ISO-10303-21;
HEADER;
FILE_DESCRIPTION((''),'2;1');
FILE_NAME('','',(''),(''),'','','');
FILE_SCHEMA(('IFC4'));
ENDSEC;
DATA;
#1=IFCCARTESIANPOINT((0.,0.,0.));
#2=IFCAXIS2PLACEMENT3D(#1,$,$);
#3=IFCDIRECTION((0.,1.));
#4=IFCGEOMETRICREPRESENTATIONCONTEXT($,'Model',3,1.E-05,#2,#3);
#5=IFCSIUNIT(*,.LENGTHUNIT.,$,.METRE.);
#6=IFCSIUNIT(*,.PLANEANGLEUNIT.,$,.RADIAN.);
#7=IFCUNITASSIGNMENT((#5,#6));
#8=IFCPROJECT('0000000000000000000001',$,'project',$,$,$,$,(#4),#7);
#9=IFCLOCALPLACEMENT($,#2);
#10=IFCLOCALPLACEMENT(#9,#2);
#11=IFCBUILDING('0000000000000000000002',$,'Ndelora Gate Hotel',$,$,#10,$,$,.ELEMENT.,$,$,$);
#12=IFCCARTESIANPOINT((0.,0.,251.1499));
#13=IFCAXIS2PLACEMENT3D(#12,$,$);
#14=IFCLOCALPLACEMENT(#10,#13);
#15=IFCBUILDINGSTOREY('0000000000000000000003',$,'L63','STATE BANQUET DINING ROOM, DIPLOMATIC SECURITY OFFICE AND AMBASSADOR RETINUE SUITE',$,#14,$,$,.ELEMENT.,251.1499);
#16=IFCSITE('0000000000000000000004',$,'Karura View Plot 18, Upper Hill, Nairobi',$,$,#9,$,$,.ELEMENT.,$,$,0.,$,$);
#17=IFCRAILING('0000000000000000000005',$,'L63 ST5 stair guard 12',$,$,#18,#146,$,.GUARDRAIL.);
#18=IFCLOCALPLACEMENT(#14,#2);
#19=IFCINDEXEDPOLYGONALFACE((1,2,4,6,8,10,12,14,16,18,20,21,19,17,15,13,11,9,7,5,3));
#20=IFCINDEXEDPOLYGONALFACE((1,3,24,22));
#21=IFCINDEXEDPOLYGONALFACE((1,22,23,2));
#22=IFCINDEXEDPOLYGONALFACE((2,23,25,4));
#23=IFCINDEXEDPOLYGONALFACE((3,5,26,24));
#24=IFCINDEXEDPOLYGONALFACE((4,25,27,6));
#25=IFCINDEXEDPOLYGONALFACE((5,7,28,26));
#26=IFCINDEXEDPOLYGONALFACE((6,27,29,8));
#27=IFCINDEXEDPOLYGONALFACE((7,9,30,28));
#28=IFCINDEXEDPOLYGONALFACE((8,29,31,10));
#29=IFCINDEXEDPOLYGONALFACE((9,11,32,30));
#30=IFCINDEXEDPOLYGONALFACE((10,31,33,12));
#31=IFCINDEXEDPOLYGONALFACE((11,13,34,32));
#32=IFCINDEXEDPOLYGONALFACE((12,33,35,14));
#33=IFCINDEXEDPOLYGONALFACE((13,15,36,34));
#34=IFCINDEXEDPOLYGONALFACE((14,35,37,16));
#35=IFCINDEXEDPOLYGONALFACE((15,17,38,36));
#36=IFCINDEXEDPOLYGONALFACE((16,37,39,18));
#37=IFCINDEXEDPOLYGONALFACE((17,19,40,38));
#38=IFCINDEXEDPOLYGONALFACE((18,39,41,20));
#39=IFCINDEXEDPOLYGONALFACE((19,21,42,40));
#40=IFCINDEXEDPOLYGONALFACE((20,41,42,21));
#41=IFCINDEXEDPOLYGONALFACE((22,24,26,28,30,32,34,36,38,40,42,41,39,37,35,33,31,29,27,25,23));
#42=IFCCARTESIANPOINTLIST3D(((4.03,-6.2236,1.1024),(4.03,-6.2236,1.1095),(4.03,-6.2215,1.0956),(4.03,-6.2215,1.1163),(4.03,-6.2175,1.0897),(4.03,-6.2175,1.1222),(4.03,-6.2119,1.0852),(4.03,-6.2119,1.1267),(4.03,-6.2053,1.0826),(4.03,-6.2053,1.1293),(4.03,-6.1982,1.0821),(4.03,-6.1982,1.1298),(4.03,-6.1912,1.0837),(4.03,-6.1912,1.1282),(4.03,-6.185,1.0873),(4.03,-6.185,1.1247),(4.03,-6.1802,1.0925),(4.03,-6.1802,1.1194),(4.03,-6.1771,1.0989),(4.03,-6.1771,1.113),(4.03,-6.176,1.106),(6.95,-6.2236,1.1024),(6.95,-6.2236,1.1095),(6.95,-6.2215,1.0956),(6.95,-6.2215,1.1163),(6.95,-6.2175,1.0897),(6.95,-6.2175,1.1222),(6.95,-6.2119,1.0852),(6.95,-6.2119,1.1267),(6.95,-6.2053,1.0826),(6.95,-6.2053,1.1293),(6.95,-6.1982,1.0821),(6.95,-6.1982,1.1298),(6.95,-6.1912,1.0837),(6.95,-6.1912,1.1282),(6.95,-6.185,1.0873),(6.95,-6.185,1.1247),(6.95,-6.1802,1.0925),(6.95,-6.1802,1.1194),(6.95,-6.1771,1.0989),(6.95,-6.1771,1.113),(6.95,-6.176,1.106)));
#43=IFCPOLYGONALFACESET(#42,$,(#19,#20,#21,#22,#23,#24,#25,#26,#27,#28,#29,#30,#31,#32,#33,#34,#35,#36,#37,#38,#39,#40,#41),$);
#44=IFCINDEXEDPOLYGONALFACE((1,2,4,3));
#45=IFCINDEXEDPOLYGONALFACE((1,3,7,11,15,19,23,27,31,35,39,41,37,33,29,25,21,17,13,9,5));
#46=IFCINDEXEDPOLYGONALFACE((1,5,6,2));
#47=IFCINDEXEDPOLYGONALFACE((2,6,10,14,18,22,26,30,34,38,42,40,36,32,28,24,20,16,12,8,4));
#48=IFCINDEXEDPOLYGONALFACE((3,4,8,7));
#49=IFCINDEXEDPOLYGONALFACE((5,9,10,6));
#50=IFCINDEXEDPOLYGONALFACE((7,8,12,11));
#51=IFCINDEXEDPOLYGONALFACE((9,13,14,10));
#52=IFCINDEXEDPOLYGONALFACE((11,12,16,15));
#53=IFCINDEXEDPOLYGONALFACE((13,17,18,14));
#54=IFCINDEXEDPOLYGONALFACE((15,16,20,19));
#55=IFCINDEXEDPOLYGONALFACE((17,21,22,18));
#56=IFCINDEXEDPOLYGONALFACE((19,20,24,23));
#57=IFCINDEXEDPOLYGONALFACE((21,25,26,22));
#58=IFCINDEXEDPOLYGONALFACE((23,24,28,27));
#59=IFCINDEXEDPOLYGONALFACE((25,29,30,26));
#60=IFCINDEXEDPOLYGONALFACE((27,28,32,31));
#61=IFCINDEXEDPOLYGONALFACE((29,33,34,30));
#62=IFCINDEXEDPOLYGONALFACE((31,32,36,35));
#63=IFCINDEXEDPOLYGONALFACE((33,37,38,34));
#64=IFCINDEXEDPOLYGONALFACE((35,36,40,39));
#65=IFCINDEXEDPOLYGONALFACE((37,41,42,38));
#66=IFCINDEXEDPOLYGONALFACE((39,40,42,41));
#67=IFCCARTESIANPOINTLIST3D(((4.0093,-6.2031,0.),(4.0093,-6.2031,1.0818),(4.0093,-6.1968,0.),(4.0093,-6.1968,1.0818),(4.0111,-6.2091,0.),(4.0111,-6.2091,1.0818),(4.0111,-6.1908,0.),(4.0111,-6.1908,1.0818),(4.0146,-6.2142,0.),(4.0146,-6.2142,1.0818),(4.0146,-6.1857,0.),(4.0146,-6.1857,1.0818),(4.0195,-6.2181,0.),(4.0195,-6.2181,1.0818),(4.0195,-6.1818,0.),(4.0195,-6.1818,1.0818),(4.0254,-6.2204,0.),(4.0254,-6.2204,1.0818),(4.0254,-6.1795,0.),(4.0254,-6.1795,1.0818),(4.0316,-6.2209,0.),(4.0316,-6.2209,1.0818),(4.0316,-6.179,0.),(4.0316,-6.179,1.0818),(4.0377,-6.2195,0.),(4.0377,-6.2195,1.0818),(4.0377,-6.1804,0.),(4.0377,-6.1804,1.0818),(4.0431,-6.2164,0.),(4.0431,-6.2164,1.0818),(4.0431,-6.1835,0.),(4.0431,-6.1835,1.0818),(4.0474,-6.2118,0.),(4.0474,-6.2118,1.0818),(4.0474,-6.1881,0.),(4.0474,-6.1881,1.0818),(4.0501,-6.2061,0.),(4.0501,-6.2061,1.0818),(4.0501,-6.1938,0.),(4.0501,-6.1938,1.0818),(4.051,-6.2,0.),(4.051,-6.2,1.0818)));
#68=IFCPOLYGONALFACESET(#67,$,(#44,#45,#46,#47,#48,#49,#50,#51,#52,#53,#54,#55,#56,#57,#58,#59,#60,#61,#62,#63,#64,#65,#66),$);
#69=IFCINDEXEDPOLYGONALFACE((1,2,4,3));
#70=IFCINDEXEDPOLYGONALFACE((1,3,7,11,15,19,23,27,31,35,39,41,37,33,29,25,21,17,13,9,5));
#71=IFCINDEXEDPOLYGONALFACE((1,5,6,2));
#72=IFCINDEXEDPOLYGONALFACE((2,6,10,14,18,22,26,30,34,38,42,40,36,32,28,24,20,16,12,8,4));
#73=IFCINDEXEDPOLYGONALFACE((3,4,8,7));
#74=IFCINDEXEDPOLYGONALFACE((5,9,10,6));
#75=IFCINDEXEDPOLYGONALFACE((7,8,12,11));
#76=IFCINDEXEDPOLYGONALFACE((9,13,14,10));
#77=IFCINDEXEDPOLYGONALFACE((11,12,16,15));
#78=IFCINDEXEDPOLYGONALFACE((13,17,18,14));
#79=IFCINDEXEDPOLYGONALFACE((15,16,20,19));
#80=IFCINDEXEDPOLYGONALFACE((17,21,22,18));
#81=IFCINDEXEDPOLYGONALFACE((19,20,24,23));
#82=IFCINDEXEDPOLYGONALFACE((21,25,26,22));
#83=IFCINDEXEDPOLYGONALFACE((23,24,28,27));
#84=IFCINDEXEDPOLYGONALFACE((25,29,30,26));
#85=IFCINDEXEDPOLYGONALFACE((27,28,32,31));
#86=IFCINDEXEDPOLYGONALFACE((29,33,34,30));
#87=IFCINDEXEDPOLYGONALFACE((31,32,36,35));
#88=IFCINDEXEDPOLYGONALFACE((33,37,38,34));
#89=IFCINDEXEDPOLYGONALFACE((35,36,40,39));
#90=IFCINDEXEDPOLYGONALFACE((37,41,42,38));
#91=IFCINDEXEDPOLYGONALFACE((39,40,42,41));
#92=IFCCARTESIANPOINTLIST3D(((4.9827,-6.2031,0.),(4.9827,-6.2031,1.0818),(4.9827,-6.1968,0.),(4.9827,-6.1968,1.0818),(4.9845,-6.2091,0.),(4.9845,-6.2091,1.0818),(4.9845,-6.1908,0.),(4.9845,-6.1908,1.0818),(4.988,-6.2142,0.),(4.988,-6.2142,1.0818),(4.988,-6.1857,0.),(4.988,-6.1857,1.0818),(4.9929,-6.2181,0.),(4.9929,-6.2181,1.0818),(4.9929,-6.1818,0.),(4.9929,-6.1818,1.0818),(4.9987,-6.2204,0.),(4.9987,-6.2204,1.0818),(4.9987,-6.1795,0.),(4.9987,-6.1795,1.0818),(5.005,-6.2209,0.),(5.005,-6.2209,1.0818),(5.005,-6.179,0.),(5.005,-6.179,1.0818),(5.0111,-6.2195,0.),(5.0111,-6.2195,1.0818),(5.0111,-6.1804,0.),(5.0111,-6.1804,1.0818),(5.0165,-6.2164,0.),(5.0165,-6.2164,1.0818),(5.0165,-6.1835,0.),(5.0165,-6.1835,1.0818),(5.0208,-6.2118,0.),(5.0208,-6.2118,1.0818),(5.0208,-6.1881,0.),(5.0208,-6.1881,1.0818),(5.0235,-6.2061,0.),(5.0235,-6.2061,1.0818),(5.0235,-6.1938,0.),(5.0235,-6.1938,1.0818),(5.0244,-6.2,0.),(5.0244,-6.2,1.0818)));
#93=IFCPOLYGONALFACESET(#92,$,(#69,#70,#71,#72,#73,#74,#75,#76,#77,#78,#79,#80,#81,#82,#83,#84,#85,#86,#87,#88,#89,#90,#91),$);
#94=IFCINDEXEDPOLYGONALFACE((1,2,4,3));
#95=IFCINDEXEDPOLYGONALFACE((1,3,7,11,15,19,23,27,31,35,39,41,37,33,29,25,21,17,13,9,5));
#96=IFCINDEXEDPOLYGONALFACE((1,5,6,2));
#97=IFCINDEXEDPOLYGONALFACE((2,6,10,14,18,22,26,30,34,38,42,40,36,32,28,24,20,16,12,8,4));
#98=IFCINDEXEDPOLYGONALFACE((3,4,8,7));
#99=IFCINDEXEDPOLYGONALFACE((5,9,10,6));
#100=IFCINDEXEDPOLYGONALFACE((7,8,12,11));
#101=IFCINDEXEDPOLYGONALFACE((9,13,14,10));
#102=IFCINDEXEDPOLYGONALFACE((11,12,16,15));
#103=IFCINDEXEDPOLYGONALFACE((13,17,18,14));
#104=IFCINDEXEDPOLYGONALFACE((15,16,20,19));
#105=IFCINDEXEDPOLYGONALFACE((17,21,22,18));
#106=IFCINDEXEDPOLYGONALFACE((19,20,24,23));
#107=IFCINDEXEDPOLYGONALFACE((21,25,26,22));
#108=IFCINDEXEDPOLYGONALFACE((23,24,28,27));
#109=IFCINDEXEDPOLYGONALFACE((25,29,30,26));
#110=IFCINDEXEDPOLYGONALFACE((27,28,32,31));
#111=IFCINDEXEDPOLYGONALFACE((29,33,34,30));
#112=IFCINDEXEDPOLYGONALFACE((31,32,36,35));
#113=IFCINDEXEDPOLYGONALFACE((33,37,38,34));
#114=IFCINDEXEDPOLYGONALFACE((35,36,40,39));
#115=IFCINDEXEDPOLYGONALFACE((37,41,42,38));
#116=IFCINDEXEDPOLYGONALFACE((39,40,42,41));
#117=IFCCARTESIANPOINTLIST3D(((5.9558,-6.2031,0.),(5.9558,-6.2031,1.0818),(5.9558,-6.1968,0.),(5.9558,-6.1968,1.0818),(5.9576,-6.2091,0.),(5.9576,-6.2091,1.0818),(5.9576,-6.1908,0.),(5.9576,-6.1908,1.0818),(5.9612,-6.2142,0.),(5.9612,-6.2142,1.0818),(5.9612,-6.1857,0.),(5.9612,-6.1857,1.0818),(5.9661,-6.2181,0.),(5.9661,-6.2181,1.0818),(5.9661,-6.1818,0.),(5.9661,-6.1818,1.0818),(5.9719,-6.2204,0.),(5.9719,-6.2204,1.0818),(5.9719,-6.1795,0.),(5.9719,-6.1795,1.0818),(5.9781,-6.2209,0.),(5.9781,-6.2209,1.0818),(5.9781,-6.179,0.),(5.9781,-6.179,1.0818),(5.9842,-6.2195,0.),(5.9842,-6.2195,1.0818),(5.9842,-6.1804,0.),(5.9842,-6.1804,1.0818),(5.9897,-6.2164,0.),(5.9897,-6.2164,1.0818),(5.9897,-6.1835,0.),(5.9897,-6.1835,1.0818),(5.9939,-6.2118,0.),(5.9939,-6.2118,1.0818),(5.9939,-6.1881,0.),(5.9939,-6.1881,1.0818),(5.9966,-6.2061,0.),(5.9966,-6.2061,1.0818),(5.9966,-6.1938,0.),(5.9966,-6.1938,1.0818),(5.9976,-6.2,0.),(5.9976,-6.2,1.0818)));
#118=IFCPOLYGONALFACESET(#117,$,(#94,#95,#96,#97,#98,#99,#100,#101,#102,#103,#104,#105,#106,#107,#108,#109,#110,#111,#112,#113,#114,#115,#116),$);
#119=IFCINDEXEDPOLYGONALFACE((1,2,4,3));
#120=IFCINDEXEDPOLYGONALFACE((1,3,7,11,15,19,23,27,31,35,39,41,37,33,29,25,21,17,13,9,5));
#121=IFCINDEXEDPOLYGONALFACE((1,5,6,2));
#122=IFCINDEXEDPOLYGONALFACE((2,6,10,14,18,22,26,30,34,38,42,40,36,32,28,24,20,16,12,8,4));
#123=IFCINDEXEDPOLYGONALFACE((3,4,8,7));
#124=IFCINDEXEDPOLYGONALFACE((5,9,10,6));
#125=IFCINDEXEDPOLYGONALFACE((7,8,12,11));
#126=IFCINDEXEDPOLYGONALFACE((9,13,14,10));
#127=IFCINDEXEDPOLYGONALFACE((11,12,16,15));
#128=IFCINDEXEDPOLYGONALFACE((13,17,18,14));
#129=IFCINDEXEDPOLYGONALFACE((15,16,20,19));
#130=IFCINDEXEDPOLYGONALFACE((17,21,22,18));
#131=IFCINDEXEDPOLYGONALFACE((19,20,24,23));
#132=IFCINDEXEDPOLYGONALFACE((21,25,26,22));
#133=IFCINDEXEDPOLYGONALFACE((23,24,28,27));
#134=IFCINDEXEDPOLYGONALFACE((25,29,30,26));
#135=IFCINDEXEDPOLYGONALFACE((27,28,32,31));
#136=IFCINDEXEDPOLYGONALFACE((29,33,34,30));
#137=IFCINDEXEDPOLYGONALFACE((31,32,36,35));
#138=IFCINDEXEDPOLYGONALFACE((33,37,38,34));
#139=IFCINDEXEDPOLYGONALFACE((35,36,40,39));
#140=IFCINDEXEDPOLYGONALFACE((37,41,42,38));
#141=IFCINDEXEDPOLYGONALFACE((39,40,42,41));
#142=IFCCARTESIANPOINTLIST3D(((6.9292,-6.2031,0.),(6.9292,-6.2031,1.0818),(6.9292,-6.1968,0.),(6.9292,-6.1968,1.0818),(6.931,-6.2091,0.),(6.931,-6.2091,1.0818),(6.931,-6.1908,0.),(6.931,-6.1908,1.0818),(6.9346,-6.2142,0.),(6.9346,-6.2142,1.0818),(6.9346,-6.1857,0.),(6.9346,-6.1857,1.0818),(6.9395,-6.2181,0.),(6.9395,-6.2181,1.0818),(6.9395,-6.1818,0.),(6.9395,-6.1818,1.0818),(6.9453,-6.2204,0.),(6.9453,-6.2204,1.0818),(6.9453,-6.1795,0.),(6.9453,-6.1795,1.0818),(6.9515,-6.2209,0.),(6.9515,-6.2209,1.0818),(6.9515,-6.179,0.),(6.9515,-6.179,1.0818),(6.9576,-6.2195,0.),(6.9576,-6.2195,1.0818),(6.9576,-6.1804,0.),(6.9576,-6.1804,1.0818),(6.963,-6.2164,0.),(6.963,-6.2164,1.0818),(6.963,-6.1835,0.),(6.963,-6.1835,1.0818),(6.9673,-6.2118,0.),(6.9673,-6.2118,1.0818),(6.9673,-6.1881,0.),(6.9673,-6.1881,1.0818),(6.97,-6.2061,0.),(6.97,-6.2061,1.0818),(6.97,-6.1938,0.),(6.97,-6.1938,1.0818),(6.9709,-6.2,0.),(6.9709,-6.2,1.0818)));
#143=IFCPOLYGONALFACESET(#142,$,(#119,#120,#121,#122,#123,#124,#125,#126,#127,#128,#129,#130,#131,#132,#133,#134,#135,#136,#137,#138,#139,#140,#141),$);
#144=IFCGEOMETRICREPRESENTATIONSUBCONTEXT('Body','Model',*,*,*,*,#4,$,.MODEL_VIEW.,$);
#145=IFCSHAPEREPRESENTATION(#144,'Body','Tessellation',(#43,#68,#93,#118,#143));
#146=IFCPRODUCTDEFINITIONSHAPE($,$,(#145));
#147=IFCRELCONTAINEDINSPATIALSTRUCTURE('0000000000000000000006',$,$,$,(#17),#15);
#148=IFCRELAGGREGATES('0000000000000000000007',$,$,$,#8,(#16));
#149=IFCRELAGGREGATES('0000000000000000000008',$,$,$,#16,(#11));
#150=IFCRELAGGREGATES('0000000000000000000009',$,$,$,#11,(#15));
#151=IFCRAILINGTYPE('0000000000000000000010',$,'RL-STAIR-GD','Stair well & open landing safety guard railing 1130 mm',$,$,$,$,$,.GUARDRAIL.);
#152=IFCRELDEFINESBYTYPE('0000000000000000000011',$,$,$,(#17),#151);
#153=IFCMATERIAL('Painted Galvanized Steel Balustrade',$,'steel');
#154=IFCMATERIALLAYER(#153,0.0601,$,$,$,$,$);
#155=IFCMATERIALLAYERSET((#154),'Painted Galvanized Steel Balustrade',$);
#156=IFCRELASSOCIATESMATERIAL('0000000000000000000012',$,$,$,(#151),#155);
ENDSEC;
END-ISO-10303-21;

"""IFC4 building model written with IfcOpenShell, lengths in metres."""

from ifc_helpers import new_model, si_unit, direction, frame, origin, origin_2d, place, context, subcontext, project, spatial, circle, extrude, material, layer, layer_set, type_object, element, save


model = new_model("IFC4")

# Units and contexts
model_context = context("Model", 3, precision=1e-05, world=origin(), true_north=direction((0.0, 1.0)))
body_context = subcontext(model_context, "Body", "Model", "MODEL_VIEW")
ifc_project = project(units=[si_unit("LENGTHUNIT", "METRE"), si_unit("PLANEANGLEUNIT", "RADIAN")], contexts=[model_context])

# Site, building, storey
site_placement = place(None, origin())
site = spatial("IfcSite", under=ifc_project, at=site_placement, Name="Karura View Plot 18, Upper Hill, Nairobi", CompositionType="ELEMENT", RefElevation=0.0)
building_placement = place(site_placement, origin())
building = spatial("IfcBuilding", under=site, at=building_placement, Name="Ndelora Gate Hotel", CompositionType="ELEMENT")
storey_placement = place(building_placement, frame((0.0, 0.0, 251.1499)))
storey = spatial("IfcBuildingStorey", under=building, at=storey_placement, Name="L63", Description="STATE BANQUET DINING ROOM, DIPLOMATIC SECURITY OFFICE AND AMBASSADOR RETINUE SUITE", CompositionType="ELEMENT", Elevation=251.1499)

# Railing
ifc_material_1 = material(Name="Painted Galvanized Steel Balustrade", Category="steel")
ifc_layer_1 = layer(ifc_material_1, 0.0601)
ifc_layer_set_1 = layer_set([ifc_layer_1], Name="Painted Galvanized Steel Balustrade")
railing_type_1 = type_object("IfcRailingType", Name="RL-STAIR-GD", Description="Stair well & open landing safety guard railing 1130 mm", PredefinedType="GUARDRAIL", material=ifc_layer_set_1)
railing_1_placement = place(storey_placement, frame((4.03, -6.2, 0.0)))
element("IfcRailing", 1, at=railing_1_placement, inside=storey, type_object=railing_type_1, Name="L63 ST5 stair guard 12", PredefinedType="GUARDRAIL", context=body_context, shape_type="SweptSolid", body=[
    extrude(circle(Radius=0.0239, at=origin_2d()), frame((0.0, 0.0, 1.106), z_axis=(1.0, 0.0, 0.0), x_axis=(0.0, 1.0, 0.0)), (0.0, 0.0, 1.0), 2.9199),
    extrude(circle(Radius=0.021, at=origin_2d()), origin(), (0.0, 0.0, 1.0), 1.0818),
    extrude(circle(Radius=0.021, at=origin_2d()), frame((0.9734, 0.0, 0.0)), (0.0, 0.0, 1.0), 1.0818),
    extrude(circle(Radius=0.021, at=origin_2d()), frame((1.9465, 0.0, 0.0)), (0.0, 0.0, 1.0), 1.0818),
    extrude(circle(Radius=0.021, at=origin_2d()), frame((2.9199, 0.0, 0.0)), (0.0, 0.0, 1.0), 1.0818),
])

save(model, "model.ifc")
